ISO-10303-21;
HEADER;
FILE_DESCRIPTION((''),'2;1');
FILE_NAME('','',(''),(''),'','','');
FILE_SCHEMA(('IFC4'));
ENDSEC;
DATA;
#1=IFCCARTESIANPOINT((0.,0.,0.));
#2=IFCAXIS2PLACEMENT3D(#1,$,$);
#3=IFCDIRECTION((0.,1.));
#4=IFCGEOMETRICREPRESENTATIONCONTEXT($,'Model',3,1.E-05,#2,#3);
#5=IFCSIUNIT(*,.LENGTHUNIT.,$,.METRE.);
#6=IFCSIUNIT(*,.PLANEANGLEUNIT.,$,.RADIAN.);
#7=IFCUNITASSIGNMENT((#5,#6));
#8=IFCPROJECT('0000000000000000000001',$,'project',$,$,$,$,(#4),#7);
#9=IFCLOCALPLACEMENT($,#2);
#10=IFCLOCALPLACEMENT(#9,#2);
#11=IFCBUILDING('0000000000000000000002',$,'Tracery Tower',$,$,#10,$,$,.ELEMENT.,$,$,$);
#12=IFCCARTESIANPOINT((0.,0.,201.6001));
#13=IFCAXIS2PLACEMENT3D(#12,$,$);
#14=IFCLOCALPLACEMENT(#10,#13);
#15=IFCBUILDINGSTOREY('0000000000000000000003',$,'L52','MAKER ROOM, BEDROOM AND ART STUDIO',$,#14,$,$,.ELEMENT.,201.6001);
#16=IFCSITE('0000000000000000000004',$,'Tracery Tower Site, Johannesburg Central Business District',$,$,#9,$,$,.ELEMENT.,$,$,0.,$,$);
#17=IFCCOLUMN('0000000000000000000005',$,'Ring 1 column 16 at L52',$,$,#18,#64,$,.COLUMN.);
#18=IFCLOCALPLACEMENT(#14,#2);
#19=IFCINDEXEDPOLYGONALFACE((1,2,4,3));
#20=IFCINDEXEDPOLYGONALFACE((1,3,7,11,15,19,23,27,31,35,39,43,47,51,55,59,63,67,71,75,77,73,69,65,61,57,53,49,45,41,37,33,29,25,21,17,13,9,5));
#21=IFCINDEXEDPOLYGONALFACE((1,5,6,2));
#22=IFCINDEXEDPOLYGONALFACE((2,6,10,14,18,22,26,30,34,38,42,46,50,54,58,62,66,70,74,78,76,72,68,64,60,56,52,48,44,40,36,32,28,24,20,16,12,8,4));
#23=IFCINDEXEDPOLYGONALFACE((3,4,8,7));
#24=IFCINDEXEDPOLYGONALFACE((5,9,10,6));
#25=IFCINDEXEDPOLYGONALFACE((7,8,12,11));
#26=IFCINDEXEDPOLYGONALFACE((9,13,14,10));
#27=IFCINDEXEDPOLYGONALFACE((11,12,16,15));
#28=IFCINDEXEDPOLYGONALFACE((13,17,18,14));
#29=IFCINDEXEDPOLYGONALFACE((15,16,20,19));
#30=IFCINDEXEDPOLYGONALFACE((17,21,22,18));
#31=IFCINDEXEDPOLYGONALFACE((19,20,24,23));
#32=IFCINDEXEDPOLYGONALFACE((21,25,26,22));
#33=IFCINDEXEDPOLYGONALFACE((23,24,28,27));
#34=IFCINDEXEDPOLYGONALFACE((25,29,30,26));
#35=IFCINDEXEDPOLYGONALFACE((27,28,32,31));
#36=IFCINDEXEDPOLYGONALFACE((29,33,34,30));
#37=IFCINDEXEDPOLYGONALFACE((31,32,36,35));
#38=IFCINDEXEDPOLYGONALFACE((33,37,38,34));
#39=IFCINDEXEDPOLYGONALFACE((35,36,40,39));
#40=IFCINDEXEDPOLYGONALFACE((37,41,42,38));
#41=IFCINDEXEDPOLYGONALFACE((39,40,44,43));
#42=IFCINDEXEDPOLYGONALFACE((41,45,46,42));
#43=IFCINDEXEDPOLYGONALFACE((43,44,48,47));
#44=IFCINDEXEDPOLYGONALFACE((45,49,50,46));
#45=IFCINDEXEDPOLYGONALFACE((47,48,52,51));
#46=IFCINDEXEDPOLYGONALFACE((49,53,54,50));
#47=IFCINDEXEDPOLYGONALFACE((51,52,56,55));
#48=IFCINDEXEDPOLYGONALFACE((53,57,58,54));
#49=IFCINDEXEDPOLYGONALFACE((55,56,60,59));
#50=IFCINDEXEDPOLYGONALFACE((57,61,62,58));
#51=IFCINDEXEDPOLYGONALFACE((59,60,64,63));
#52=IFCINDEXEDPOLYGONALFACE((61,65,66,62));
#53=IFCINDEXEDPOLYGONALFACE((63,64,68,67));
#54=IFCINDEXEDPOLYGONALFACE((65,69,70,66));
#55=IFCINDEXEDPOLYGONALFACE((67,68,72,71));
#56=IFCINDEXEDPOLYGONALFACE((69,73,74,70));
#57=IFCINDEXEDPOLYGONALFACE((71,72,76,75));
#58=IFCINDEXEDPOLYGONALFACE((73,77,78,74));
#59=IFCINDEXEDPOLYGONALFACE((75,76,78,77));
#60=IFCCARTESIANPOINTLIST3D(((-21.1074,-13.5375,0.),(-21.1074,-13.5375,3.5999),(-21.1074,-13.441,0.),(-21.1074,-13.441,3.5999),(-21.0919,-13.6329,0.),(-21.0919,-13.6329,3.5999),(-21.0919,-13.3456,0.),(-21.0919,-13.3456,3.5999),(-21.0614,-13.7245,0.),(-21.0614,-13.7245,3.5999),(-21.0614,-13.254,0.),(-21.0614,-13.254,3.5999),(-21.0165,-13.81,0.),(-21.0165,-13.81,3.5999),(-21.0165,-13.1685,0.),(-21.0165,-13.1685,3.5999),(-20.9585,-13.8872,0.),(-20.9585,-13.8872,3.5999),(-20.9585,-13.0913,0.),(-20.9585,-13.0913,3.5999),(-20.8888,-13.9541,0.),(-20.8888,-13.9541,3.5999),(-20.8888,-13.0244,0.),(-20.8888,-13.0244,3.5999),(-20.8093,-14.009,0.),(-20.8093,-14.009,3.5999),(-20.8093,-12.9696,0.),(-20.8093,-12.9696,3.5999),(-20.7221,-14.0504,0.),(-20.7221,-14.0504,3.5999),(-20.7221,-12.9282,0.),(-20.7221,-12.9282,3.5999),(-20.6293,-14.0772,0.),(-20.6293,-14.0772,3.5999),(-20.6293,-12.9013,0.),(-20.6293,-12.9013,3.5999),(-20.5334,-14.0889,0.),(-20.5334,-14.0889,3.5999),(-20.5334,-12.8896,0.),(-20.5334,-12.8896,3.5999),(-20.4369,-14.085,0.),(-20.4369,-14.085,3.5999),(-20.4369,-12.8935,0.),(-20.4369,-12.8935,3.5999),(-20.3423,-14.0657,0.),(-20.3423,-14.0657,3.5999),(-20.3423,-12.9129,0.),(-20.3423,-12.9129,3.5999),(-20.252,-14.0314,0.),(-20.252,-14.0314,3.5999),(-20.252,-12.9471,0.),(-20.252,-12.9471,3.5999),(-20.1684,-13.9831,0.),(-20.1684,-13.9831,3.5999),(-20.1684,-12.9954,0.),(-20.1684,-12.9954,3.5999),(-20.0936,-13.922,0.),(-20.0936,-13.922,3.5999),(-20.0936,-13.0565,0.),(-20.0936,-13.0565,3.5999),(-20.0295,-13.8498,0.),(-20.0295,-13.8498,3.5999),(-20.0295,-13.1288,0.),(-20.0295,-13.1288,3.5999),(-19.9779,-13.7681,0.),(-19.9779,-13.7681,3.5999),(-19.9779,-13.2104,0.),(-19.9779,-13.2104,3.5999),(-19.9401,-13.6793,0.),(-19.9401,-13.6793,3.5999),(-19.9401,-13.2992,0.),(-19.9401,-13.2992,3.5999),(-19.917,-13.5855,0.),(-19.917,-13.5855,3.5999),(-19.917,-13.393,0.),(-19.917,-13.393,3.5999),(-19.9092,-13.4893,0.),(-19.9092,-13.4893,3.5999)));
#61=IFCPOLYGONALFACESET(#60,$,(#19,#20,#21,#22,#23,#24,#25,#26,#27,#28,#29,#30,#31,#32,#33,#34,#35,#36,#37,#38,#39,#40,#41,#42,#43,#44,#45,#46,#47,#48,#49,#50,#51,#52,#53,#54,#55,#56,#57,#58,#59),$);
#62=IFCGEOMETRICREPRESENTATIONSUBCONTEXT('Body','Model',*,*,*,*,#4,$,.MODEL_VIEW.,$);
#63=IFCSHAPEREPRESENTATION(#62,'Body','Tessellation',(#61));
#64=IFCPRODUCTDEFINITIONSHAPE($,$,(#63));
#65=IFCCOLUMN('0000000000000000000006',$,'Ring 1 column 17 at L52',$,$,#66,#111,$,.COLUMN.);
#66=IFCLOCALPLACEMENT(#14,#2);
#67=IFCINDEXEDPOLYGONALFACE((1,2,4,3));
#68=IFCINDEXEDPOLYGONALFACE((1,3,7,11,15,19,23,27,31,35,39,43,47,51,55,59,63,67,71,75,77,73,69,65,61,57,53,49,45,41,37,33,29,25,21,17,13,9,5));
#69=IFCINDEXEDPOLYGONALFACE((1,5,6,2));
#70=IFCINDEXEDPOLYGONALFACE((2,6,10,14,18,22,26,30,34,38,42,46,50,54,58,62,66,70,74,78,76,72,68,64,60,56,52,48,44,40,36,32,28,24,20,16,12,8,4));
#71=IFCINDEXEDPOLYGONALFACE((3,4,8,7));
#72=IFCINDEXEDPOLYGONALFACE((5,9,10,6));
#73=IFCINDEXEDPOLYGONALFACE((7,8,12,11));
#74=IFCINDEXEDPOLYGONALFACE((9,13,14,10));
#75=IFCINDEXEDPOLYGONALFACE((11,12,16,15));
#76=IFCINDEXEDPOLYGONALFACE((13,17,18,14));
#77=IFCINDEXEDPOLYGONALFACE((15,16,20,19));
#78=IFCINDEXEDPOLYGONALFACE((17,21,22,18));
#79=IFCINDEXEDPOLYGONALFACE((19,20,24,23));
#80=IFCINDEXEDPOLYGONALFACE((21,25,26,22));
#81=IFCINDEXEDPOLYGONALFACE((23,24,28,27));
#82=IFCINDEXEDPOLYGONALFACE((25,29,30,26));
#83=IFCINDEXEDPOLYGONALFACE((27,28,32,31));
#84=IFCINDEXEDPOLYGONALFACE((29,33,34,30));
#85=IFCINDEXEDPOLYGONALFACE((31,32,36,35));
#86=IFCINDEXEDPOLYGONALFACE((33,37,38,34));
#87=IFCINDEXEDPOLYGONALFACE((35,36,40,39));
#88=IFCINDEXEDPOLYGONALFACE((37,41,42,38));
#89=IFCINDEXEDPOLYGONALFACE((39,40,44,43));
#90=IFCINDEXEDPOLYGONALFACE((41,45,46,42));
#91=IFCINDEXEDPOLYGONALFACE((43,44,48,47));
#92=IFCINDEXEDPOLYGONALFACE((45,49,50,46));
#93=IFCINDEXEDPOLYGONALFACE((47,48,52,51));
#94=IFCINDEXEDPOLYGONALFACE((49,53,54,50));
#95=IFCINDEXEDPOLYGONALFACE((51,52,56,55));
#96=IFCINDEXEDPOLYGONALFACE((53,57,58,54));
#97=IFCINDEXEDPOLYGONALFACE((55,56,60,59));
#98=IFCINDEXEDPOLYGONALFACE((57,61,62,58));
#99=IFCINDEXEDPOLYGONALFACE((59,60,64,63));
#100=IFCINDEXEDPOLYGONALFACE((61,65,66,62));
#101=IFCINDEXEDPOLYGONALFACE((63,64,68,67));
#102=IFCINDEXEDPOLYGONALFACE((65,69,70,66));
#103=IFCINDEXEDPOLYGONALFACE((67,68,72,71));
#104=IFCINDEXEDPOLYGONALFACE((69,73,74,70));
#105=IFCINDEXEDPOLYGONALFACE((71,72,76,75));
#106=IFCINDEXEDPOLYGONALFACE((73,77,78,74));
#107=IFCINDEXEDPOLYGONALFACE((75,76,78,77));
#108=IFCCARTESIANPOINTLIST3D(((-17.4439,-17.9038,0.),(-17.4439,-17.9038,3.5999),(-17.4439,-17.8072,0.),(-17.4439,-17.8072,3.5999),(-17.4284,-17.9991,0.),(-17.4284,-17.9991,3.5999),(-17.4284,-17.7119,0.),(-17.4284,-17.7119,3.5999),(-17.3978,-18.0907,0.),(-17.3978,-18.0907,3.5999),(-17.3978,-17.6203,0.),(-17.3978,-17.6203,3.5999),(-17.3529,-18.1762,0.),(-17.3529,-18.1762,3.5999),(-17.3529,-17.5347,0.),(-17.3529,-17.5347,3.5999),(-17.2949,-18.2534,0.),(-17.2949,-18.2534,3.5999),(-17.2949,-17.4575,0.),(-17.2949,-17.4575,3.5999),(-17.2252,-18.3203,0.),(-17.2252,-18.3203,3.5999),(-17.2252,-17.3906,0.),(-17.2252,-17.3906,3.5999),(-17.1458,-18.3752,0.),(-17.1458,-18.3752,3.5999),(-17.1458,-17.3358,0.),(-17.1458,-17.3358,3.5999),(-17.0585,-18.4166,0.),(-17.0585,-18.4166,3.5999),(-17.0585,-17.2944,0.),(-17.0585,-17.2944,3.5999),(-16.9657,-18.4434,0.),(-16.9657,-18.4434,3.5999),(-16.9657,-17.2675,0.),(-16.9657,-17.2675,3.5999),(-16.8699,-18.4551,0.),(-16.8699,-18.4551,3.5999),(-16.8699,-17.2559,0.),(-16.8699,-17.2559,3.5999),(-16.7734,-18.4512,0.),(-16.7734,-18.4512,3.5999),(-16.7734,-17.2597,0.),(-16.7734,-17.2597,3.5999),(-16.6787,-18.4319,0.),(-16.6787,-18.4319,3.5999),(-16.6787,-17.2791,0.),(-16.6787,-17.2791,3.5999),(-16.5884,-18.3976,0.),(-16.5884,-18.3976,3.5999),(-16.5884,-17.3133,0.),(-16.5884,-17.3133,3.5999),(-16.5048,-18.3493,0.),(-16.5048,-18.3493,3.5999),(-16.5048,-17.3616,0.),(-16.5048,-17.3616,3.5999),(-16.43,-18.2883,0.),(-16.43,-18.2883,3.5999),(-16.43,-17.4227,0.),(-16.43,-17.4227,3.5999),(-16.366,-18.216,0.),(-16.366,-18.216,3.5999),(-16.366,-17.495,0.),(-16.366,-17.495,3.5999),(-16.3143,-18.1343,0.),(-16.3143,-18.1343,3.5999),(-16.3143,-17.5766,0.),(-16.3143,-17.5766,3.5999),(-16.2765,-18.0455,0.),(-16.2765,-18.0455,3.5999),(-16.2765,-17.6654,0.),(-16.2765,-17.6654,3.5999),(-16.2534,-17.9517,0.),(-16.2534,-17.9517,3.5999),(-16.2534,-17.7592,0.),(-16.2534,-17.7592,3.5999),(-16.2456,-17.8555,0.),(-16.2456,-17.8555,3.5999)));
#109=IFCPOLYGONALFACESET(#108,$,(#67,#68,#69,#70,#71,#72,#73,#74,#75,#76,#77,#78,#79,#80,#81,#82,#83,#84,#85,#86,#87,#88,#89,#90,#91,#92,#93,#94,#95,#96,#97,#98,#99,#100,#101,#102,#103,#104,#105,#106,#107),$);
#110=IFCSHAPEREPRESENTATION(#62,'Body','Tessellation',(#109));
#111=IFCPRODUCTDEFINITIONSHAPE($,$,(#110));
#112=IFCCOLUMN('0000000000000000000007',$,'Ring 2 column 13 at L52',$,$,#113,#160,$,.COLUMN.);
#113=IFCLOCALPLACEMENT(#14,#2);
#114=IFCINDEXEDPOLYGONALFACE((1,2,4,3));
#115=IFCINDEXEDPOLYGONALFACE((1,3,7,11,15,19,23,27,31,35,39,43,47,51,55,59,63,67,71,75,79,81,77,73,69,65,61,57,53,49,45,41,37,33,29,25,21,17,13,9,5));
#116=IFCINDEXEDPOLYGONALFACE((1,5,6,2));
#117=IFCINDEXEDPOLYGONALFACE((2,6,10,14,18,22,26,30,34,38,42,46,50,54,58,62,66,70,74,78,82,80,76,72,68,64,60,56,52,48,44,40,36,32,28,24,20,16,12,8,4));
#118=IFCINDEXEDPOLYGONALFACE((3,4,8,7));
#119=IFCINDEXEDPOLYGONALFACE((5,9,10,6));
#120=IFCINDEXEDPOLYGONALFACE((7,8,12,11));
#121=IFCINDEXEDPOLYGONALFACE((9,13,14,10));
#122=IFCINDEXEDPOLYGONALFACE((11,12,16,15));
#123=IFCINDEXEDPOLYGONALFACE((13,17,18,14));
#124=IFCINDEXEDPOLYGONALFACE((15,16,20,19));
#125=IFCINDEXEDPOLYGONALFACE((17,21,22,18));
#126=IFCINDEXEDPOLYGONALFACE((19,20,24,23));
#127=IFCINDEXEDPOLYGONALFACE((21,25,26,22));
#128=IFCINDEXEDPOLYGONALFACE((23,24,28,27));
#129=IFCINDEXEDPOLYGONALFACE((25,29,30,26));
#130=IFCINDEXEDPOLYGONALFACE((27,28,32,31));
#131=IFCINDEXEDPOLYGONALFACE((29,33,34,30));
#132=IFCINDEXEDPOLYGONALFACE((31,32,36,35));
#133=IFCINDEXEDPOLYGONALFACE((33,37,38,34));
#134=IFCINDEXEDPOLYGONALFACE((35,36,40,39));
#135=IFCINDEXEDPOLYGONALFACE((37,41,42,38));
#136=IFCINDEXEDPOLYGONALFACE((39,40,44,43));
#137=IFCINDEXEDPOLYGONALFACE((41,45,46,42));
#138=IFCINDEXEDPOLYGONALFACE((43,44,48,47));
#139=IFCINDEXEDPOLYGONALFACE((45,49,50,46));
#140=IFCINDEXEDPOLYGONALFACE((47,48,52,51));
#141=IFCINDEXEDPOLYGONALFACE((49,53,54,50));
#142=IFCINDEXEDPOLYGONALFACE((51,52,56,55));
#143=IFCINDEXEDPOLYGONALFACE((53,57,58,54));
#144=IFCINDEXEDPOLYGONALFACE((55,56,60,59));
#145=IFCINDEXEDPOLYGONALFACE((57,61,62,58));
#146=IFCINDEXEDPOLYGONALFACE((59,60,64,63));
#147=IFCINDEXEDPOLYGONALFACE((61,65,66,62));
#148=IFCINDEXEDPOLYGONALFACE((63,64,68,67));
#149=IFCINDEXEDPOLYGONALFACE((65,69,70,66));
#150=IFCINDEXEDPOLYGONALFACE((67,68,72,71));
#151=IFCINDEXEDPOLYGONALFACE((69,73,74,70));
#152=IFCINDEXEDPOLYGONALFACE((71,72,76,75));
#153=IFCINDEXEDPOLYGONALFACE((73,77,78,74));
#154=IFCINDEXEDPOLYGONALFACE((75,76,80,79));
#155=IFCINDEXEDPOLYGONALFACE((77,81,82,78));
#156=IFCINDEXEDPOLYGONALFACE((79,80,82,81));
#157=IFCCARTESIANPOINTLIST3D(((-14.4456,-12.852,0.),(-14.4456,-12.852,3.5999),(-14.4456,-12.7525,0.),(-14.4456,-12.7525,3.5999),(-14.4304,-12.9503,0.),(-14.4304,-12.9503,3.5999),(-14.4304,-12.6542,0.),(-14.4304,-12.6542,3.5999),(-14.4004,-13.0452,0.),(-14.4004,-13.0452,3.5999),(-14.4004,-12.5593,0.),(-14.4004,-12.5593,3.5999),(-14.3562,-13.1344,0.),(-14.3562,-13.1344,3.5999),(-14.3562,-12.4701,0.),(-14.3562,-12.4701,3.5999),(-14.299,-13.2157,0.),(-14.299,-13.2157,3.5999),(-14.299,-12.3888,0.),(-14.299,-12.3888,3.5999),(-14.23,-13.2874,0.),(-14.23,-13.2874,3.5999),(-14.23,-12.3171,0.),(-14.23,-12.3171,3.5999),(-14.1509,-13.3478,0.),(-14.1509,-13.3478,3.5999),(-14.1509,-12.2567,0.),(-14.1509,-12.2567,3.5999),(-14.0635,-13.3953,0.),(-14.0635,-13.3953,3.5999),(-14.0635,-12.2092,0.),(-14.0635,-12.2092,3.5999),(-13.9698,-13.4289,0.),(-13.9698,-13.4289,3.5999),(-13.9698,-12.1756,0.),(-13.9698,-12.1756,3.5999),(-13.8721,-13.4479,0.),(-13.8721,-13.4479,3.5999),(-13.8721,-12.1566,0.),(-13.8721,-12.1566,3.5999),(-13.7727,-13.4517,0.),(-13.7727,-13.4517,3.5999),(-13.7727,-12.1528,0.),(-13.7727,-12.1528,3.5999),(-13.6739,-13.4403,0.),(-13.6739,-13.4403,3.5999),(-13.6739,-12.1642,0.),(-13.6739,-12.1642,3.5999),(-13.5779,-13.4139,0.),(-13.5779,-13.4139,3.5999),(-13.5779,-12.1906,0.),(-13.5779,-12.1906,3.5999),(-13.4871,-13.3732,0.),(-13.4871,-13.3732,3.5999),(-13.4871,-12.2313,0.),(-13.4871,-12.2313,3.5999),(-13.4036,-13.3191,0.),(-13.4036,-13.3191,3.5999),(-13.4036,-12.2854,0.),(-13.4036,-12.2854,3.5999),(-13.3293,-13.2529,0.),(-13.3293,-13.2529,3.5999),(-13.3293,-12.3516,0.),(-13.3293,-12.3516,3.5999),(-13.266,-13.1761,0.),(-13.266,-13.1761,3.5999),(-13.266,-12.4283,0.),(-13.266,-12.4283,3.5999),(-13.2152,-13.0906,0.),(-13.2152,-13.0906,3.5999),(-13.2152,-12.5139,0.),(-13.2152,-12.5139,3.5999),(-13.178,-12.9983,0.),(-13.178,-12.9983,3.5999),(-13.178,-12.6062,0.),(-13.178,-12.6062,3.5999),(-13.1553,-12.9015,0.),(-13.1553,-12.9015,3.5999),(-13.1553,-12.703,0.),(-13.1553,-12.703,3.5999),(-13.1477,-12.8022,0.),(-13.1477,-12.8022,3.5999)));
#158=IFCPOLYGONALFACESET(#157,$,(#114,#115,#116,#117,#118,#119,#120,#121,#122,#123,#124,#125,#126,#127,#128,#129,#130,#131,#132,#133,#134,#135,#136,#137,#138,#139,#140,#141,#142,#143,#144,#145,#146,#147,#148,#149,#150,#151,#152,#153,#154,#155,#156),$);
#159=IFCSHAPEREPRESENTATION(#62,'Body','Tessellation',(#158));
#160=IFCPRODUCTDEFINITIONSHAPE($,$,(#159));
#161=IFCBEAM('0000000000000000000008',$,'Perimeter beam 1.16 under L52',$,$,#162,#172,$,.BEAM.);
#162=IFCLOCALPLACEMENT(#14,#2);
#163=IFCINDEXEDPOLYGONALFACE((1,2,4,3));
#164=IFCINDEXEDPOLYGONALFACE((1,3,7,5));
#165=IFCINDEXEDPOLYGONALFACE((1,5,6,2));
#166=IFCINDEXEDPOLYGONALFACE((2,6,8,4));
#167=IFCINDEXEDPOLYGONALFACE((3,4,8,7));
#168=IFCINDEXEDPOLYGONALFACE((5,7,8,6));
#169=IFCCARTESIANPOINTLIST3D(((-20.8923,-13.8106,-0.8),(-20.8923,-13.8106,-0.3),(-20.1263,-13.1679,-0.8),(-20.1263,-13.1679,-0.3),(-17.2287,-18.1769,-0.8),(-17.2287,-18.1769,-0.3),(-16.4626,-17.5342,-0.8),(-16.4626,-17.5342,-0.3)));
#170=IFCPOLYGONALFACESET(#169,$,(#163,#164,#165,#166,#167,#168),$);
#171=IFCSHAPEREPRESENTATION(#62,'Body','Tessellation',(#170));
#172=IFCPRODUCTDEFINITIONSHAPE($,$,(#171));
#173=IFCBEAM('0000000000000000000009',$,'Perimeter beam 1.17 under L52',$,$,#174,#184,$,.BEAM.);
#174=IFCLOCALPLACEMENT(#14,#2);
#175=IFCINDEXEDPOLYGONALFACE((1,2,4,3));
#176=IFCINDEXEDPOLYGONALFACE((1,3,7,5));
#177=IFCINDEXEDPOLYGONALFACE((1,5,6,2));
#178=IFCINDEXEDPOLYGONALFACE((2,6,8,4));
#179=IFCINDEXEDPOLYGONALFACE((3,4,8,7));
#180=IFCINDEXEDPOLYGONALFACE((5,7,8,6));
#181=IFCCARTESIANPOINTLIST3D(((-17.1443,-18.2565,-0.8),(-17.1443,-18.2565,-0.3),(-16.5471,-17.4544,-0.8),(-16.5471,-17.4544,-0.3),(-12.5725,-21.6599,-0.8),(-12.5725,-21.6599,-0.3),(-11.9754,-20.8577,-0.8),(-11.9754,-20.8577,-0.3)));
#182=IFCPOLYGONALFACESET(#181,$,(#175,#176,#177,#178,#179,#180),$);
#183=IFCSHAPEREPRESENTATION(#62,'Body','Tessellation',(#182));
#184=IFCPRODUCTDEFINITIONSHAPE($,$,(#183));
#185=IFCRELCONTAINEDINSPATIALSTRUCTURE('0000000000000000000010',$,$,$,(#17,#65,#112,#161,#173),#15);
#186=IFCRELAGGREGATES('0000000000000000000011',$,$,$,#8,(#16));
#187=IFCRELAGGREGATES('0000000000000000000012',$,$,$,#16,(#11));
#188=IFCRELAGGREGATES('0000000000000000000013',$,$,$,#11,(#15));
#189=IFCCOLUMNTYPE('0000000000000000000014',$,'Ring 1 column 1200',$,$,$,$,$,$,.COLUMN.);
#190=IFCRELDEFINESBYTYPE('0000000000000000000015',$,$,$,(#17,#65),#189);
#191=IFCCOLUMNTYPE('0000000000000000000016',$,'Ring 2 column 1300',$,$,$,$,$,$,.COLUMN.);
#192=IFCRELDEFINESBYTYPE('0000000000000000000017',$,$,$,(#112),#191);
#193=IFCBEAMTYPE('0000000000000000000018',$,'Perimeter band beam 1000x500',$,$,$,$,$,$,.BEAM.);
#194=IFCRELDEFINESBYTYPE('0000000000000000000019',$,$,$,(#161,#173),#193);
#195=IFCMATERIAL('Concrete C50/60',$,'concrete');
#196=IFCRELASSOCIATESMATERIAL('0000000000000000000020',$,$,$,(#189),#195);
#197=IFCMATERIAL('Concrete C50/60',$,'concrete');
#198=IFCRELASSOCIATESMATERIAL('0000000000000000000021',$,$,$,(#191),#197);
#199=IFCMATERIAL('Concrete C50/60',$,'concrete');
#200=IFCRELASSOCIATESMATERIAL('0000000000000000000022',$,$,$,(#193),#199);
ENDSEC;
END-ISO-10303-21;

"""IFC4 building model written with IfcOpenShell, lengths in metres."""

from ifc_helpers import new_model, si_unit, direction, frame, origin, origin_2d, place, context, subcontext, project, spatial, rectangle, circle, extrude, material, material_profile, profile_set, type_object, element, save


model = new_model("IFC4")

# Units and contexts
model_context = context("Model", 3, precision=1e-05, world=origin(), true_north=direction((0.0, 1.0)))
body_context = subcontext(model_context, "Body", "Model", "MODEL_VIEW")
ifc_project = project(units=[si_unit("LENGTHUNIT", "METRE"), si_unit("PLANEANGLEUNIT", "RADIAN")], contexts=[model_context])

# Site, building, storey
site_placement = place(None, origin())
site = spatial("IfcSite", under=ifc_project, at=site_placement, Name="Tracery Tower Site, Johannesburg Central Business District", CompositionType="ELEMENT", RefElevation=0.0)
building_placement = place(site_placement, origin())
building = spatial("IfcBuilding", under=site, at=building_placement, Name="Tracery Tower", CompositionType="ELEMENT")
storey_placement = place(building_placement, frame((0.0, 0.0, 201.6001)))
storey = spatial("IfcBuildingStorey", under=building, at=storey_placement, Name="L52", Description="MAKER ROOM, BEDROOM AND ART STUDIO", CompositionType="ELEMENT", Elevation=201.6001)

# Columns
ifc_material_1 = material(Name="Concrete C50/60", Category="concrete")
ifc_material_profile_1 = material_profile(ifc_material_1, circle(Radius=0.6001, at=origin_2d()), Name="RC D1200")
ifc_profile_set_1 = profile_set([ifc_material_profile_1], Name="Concrete C50/60")
column_type_1 = type_object("IfcColumnType", Name="Ring 1 column 1200", PredefinedType="COLUMN", material=ifc_profile_set_1)
for number, where, z_axis, x_axis, name in (
    (1, (-20.5093, -13.4893, 0.0), (0.0, 0.0, 1.0), (1.0, 0.0, 0.0), "Ring 1 column 16 at L52"),
    (2, (-16.8457, -17.8555, 0.0), (0.0, 0.0, 1.0), (1.0, 0.0, 0.0), "Ring 1 column 17 at L52"),
):
    element("IfcColumn", number, at=place(storey_placement, frame(where, z_axis=z_axis, x_axis=x_axis)), inside=storey, type_object=column_type_1, Name=name, PredefinedType="COLUMN", context=body_context, shape_type="SweptSolid", body=[
        extrude(circle(Radius=0.6001, at=origin_2d()), origin(), (0.0, 0.0, 1.0), 3.5999),
    ])
ifc_material_2 = material(Name="Concrete C50/60", Category="concrete")
ifc_material_profile_2 = material_profile(ifc_material_2, circle(Radius=0.6499, at=origin_2d()), Name="RC D1300")
ifc_profile_set_2 = profile_set([ifc_material_profile_2], Name="Concrete C50/60")
column_type_2 = type_object("IfcColumnType", Name="Ring 2 column 1300", PredefinedType="COLUMN", material=ifc_profile_set_2)
column_placement = place(storey_placement, frame((-13.7976, -12.8022, 0.0), z_axis=(0.0, 0.0, 1.0), x_axis=(1.0, 0.0, 0.0)))
element("IfcColumn", 3, at=column_placement, inside=storey, type_object=column_type_2, Name="Ring 2 column 13 at L52", PredefinedType="COLUMN", context=body_context, shape_type="SweptSolid", body=[
    extrude(circle(Radius=0.6499, at=origin_2d()), origin(), (0.0, 0.0, 1.0), 3.5999),
])

# Beams
ifc_material_3 = material(Name="Concrete C50/60", Category="concrete")
ifc_material_profile_3 = material_profile(ifc_material_3, rectangle(XDim=1.0, YDim=0.5, at=origin_2d()), Name="RC 1000x500")
ifc_profile_set_3 = profile_set([ifc_material_profile_3], Name="Concrete C50/60")
beam_type = type_object("IfcBeamType", Name="Perimeter band beam 1000x500", PredefinedType="BEAM", material=ifc_profile_set_3)
beam_1_placement = place(storey_placement, frame((-20.5093, -13.4893, -0.55), z_axis=(0.642776, -0.766054, 0.0), x_axis=(0.766054, 0.642776, 0.0)))
element("IfcBeam", 4, at=beam_1_placement, inside=storey, type_object=beam_type, Name="Perimeter beam 1.16 under L52", PredefinedType="BEAM", context=body_context, shape_type="SweptSolid", body=[
    extrude(rectangle(XDim=1.0, YDim=0.5, at=origin_2d()), origin(), (0.0, 0.0, 1.0), 5.6997),
])
beam_2_placement = place(storey_placement, frame((-16.8457, -17.8555, -0.55), z_axis=(0.802144, -0.597131, 0.0), x_axis=(0.597131, 0.802144, 0.0)))
element("IfcBeam", 5, at=beam_2_placement, inside=storey, type_object=beam_type, Name="Perimeter beam 1.17 under L52", PredefinedType="BEAM", context=body_context, shape_type="SweptSolid", body=[
    extrude(rectangle(XDim=1.0, YDim=0.5, at=origin_2d()), origin(), (0.0, 0.0, 1.0), 5.6995),
])

save(model, "model.ifc")
